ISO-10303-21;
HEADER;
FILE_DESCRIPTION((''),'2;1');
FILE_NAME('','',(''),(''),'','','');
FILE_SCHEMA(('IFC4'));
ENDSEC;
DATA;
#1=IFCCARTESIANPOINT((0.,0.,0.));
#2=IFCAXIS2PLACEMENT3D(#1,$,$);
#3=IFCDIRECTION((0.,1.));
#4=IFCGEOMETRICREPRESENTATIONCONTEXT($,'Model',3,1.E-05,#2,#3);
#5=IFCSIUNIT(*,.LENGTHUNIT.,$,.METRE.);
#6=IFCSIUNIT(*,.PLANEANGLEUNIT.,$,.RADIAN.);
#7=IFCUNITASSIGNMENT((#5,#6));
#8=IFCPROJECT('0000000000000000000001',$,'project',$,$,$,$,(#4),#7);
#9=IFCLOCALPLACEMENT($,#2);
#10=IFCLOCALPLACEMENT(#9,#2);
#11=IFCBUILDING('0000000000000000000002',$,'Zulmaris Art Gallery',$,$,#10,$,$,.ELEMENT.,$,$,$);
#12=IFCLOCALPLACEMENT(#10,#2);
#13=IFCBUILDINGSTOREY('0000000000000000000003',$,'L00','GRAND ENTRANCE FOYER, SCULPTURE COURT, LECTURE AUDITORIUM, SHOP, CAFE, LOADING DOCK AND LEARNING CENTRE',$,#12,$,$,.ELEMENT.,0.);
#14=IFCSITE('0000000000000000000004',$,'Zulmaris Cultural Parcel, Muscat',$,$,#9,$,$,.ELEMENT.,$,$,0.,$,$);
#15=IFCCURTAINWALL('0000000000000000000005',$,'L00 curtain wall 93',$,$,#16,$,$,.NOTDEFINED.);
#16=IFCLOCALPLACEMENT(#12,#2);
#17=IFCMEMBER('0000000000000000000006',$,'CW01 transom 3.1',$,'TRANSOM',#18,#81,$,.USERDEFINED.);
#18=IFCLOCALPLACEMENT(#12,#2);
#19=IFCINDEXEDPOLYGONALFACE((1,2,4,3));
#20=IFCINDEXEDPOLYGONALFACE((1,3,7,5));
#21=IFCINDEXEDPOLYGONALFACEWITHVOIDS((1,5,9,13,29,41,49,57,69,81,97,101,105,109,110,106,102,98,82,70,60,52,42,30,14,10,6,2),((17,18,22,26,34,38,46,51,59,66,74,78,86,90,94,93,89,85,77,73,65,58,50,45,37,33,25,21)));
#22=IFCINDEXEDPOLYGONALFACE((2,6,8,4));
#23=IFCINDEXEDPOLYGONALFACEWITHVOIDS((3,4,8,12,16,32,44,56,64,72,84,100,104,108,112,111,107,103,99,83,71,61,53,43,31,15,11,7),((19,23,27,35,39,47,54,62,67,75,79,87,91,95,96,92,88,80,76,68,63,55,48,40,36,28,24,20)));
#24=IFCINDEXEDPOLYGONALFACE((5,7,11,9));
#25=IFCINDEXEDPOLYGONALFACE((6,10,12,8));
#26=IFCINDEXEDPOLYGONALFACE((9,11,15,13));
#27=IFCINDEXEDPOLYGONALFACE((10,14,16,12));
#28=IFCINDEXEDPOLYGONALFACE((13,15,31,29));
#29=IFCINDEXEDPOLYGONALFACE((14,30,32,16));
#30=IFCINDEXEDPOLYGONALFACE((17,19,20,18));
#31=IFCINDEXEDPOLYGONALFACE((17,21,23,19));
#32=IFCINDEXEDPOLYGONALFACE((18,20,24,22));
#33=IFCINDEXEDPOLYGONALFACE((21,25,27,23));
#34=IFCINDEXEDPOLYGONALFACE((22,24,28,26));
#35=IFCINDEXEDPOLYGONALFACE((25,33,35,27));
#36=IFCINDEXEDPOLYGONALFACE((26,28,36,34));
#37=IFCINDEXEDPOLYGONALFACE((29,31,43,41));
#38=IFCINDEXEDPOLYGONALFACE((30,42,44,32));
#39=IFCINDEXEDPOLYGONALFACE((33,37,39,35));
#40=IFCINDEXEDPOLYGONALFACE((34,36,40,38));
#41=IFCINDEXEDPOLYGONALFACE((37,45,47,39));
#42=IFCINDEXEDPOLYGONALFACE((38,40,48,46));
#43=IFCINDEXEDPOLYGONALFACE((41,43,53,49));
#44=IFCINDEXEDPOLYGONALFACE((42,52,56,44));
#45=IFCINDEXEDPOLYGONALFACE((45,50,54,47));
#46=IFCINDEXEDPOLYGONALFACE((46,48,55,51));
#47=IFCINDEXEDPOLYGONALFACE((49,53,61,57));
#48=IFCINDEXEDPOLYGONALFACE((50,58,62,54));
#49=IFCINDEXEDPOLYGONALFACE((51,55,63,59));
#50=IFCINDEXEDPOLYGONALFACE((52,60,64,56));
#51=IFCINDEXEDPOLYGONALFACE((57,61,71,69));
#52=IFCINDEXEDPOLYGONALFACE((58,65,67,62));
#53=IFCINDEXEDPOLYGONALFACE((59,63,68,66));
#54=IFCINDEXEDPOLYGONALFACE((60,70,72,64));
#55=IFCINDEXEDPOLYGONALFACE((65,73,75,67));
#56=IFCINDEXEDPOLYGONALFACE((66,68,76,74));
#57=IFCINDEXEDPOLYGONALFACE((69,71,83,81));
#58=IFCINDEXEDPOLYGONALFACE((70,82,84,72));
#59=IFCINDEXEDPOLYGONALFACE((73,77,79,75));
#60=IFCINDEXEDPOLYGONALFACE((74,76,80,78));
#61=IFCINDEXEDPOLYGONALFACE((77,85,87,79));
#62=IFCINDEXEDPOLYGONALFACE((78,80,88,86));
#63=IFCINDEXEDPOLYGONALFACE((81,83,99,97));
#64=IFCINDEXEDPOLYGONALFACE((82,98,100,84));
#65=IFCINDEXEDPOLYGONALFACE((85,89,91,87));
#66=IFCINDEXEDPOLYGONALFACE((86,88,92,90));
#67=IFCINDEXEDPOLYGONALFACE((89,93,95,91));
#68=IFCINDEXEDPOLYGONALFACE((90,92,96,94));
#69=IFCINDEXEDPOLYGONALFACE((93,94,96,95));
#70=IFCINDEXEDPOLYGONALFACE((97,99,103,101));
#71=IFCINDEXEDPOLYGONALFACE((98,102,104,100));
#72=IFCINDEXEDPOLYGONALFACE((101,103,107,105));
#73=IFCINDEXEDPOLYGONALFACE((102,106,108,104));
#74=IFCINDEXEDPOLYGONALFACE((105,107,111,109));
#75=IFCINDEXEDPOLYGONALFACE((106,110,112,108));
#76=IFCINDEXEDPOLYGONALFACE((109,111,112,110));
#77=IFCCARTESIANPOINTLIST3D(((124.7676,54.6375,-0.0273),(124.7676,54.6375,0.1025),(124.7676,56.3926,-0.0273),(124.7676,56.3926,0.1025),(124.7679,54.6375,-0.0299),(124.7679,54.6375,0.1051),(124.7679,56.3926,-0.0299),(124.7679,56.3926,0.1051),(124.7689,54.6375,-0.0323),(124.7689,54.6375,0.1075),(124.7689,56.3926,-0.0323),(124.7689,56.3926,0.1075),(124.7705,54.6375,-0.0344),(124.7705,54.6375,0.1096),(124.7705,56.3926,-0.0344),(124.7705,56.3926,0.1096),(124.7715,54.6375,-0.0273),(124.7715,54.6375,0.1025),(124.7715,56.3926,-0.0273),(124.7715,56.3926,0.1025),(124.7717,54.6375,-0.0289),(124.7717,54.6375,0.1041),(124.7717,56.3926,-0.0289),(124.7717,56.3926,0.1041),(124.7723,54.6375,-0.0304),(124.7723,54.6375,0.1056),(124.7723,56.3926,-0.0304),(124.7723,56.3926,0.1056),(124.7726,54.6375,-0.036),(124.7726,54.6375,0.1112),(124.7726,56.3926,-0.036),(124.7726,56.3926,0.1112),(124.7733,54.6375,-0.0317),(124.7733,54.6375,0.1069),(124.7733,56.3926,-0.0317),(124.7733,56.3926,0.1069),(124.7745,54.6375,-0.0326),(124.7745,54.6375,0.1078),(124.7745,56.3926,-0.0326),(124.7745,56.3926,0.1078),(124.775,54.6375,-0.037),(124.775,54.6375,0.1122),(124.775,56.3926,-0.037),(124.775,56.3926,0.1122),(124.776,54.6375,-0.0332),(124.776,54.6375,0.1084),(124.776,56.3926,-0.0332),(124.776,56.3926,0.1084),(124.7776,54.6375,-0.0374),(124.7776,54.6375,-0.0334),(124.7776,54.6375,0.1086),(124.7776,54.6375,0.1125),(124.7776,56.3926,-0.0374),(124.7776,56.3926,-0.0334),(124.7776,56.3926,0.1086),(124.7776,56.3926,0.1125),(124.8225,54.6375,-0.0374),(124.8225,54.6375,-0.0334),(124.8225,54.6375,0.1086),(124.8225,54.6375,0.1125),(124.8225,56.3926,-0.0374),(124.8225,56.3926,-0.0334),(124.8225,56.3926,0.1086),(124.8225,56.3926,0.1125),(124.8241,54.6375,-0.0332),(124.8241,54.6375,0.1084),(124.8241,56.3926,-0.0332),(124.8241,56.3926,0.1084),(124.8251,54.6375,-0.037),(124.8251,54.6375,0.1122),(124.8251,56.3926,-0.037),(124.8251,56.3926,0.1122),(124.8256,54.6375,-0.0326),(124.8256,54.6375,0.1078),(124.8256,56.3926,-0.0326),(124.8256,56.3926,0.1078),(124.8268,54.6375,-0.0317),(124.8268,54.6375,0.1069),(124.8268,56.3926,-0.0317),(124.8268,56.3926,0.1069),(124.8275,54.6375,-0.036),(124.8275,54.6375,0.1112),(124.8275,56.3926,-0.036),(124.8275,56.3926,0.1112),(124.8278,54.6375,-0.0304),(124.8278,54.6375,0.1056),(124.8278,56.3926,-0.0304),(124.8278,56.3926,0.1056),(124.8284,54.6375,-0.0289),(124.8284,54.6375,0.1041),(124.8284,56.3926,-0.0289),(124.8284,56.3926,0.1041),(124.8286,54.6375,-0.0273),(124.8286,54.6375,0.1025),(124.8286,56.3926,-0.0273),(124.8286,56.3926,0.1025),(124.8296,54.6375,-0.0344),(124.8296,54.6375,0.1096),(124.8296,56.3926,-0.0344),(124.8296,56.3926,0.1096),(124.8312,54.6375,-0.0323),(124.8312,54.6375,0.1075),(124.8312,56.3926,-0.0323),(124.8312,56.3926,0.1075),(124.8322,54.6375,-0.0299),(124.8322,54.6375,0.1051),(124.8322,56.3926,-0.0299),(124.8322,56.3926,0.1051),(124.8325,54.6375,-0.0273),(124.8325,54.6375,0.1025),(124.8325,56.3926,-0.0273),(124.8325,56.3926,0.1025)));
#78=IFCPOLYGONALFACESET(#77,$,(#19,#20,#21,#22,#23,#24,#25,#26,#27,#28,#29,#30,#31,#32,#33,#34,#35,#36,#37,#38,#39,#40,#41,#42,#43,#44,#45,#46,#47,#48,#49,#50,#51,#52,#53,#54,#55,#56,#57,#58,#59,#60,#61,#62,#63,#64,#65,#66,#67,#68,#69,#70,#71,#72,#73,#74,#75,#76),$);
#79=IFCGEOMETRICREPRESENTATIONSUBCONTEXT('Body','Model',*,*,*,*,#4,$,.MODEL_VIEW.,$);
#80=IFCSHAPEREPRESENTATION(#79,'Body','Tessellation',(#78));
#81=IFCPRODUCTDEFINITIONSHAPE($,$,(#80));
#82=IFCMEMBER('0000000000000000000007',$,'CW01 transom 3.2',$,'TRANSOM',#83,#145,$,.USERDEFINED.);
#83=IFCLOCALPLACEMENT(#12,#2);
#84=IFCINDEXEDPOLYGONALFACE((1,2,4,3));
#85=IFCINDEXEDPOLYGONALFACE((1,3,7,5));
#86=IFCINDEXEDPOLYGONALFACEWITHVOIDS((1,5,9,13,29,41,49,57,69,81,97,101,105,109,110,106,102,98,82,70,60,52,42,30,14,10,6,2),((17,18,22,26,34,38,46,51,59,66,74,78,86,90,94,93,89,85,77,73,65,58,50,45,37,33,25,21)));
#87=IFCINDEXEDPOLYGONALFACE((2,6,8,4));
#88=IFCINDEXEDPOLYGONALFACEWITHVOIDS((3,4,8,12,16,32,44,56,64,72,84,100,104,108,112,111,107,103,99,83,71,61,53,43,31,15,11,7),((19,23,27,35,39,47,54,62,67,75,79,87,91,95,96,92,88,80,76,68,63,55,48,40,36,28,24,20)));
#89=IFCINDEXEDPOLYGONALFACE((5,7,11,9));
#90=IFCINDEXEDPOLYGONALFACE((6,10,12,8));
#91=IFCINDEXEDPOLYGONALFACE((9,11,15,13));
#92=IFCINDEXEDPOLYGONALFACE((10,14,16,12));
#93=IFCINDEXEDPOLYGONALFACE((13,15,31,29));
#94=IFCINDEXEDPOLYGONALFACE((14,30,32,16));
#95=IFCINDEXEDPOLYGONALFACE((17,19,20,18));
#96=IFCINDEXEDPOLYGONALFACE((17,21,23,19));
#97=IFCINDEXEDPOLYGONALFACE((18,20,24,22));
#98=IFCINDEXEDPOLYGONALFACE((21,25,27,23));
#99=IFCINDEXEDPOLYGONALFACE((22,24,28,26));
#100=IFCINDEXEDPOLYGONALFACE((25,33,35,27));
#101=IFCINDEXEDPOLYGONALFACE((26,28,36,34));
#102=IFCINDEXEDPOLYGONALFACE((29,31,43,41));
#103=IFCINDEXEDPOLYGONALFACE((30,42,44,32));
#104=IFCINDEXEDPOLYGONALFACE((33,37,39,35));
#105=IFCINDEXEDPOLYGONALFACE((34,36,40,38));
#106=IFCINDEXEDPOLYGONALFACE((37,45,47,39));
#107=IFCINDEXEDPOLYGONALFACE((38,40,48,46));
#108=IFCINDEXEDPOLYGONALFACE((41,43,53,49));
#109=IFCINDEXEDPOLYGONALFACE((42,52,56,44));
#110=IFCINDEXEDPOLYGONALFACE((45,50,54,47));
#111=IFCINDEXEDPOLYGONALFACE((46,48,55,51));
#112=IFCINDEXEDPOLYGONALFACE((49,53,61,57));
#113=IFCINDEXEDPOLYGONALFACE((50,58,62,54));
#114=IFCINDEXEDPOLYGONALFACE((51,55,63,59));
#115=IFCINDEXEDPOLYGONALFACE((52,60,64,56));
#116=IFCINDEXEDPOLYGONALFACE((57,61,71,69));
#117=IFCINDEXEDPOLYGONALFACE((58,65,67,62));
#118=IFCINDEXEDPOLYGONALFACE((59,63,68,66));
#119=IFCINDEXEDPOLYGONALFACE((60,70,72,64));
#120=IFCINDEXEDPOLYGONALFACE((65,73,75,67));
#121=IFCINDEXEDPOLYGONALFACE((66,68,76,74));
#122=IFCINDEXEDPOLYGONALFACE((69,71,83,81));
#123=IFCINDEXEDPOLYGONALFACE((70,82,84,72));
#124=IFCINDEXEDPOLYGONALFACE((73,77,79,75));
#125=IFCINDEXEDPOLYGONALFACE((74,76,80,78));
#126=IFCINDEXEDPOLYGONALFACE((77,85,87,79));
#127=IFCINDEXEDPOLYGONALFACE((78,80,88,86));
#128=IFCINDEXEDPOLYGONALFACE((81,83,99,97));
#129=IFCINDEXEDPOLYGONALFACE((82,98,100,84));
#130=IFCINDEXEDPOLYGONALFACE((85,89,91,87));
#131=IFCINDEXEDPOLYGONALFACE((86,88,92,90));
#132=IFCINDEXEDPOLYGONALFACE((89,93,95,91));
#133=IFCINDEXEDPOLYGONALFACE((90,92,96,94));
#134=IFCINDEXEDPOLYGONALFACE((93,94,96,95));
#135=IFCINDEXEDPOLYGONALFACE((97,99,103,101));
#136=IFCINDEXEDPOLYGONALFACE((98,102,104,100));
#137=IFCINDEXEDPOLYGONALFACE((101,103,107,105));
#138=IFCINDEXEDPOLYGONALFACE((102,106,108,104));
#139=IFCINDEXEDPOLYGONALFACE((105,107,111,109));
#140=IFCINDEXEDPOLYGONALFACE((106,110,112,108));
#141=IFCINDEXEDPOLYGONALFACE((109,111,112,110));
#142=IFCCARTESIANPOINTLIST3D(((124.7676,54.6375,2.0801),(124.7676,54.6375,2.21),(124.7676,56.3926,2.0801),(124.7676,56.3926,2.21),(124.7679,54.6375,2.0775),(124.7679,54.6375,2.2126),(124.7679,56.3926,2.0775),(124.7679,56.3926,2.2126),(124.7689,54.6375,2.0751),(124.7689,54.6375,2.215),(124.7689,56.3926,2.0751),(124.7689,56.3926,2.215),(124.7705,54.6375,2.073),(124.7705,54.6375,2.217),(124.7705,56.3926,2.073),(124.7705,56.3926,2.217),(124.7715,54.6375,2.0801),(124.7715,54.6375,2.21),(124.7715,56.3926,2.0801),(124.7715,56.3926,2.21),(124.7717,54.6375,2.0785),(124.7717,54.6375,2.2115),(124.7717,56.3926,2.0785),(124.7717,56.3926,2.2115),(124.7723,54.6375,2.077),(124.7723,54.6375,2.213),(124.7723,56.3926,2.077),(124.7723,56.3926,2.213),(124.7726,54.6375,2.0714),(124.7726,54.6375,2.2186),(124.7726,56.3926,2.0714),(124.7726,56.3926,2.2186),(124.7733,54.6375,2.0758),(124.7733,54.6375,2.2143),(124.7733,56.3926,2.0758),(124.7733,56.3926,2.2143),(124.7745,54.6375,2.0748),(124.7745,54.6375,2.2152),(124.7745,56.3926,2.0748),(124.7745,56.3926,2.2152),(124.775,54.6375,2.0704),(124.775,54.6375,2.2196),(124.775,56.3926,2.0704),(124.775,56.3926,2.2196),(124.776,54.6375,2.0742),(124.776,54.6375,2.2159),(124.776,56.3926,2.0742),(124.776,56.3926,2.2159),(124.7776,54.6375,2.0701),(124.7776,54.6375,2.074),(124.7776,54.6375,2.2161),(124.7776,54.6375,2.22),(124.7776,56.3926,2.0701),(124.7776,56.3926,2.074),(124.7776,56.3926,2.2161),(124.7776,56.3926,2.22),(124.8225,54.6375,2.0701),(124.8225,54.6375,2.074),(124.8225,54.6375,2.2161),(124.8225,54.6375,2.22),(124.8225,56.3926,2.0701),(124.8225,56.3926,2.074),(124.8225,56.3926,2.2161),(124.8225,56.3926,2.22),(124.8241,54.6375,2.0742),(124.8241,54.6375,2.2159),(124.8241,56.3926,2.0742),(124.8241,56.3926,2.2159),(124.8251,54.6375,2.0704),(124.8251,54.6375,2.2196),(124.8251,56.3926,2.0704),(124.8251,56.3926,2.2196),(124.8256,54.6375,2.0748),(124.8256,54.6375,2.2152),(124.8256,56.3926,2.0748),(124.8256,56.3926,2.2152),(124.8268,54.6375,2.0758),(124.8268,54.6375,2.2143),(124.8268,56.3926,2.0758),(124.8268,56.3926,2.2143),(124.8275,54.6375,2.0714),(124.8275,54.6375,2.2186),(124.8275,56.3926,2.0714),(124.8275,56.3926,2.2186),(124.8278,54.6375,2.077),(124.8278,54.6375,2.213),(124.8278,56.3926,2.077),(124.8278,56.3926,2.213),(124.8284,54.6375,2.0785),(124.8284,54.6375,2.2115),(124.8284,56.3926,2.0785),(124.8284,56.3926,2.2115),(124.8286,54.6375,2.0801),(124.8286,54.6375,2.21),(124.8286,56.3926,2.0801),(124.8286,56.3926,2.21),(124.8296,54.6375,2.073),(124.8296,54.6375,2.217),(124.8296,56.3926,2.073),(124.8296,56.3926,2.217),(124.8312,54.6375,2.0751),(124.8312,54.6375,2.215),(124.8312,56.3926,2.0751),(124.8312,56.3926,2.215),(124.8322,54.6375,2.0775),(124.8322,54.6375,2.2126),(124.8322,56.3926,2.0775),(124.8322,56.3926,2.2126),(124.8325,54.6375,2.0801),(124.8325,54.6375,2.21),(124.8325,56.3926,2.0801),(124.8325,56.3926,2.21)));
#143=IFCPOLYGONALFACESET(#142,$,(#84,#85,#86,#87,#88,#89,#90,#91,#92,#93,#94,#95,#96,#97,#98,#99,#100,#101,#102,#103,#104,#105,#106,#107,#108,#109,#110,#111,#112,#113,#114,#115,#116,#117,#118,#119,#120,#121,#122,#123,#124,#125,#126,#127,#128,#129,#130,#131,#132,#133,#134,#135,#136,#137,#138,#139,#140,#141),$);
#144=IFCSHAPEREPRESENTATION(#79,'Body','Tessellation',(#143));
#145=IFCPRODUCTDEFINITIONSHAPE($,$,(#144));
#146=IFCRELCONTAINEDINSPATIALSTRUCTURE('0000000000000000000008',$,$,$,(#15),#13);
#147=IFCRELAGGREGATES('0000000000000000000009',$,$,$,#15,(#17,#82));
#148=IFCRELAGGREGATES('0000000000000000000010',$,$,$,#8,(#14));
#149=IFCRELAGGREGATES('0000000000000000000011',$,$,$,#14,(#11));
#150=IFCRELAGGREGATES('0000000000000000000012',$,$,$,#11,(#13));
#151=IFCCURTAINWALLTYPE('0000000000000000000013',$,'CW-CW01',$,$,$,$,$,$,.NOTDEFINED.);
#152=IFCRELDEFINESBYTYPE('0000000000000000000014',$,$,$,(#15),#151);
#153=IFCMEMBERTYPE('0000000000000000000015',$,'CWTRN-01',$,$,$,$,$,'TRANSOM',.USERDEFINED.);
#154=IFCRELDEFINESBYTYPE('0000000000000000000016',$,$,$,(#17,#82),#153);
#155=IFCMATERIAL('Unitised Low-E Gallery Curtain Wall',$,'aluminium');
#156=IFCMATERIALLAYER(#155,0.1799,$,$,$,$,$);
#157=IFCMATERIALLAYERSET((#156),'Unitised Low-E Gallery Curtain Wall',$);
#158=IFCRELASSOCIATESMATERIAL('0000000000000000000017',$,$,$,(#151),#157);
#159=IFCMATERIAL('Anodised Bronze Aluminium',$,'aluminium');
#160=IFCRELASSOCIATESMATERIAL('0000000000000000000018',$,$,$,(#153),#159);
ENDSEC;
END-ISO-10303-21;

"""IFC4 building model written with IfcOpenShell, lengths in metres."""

from ifc_helpers import new_model, si_unit, direction, frame, origin, origin_2d, place, context, subcontext, project, spatial, hollow_rectangle, extrude, material, layer, layer_set, material_profile, profile_set, type_object, element, aggregate, save


model = new_model("IFC4")

# Units and contexts
model_context = context("Model", 3, precision=1e-05, world=origin(), true_north=direction((0.0, 1.0)))
body_context = subcontext(model_context, "Body", "Model", "MODEL_VIEW")
ifc_project = project(units=[si_unit("LENGTHUNIT", "METRE"), si_unit("PLANEANGLEUNIT", "RADIAN")], contexts=[model_context])

# Site, building, storey
site_placement = place(None, origin())
site = spatial("IfcSite", under=ifc_project, at=site_placement, Name="Zulmaris Cultural Parcel, Muscat", CompositionType="ELEMENT", RefElevation=0.0)
building_placement = place(site_placement, origin())
building = spatial("IfcBuilding", under=site, at=building_placement, Name="Zulmaris Art Gallery", CompositionType="ELEMENT")
storey_placement = place(building_placement, origin())
storey = spatial("IfcBuildingStorey", under=building, at=storey_placement, Name="L00", Description="GRAND ENTRANCE FOYER, SCULPTURE COURT, LECTURE AUDITORIUM, SHOP, CAFE, LOADING DOCK AND LEARNING CENTRE", CompositionType="ELEMENT", Elevation=0.0)

# Curtain wall
ifc_material_1 = material(Name="Unitised Low-E Gallery Curtain Wall", Category="aluminium")
ifc_layer_1 = layer(ifc_material_1, 0.1799)
ifc_layer_set_1 = layer_set([ifc_layer_1], Name="Unitised Low-E Gallery Curtain Wall")
curtain_wall_type = type_object("IfcCurtainWallType", Name="CW-CW01", PredefinedType="NOTDEFINED", material=ifc_layer_set_1)
ifc_material_2 = material(Name="Anodised Bronze Aluminium", Category="aluminium")
curtain_wall_1_placement = place(storey_placement, origin())
curtain_wall_1 = element("IfcCurtainWall", 1, at=curtain_wall_1_placement, inside=storey, type_object=curtain_wall_type, Name="L00 curtain wall 93", PredefinedType="NOTDEFINED")

# Members
ifc_material_profile_1 = material_profile(ifc_material_2, hollow_rectangle(XDim=0.0649, YDim=0.1499, WallThickness=0.0039, InnerFilletRadius=0.0061, OuterFilletRadius=0.01, at=origin_2d()), Name="ALU 65x150x4")
ifc_profile_set_1 = profile_set([ifc_material_profile_1], Name="Anodised Bronze Aluminium")
member_type_1 = type_object("IfcMemberType", Name="CWTRN-01", ElementType="TRANSOM", PredefinedType="USERDEFINED", material=ifc_profile_set_1)
member_1_placement = place(storey_placement, frame((124.8, 54.6375, 0.0376), z_axis=(0.0, 1.0, 0.0), x_axis=(-1.0, 0.0, 0.0)))
member_1 = element("IfcMember", 2, at=member_1_placement, type_object=member_type_1, Name="CW01 transom 3.1", ObjectType="TRANSOM", PredefinedType="USERDEFINED", context=body_context, shape_type="SweptSolid", body=[
    extrude(hollow_rectangle(XDim=0.0649, YDim=0.1499, WallThickness=0.0039, InnerFilletRadius=0.0061, OuterFilletRadius=0.01, at=origin_2d()), origin(), (0.0, 0.0, 1.0), 1.7551),
])
member_2_placement = place(storey_placement, frame((124.8, 54.6375, 2.145), z_axis=(0.0, 1.0, 0.0), x_axis=(-1.0, 0.0, 0.0)))
member_2 = element("IfcMember", 3, at=member_2_placement, type_object=member_type_1, Name="CW01 transom 3.2", ObjectType="TRANSOM", PredefinedType="USERDEFINED", context=body_context, shape_type="SweptSolid", body=[
    extrude(hollow_rectangle(XDim=0.0649, YDim=0.1499, WallThickness=0.0039, InnerFilletRadius=0.0061, OuterFilletRadius=0.01, at=origin_2d()), origin(), (0.0, 0.0, 1.0), 1.7551),
])

aggregate(curtain_wall_1, [member_1, member_2])

save(model, "model.ifc")
